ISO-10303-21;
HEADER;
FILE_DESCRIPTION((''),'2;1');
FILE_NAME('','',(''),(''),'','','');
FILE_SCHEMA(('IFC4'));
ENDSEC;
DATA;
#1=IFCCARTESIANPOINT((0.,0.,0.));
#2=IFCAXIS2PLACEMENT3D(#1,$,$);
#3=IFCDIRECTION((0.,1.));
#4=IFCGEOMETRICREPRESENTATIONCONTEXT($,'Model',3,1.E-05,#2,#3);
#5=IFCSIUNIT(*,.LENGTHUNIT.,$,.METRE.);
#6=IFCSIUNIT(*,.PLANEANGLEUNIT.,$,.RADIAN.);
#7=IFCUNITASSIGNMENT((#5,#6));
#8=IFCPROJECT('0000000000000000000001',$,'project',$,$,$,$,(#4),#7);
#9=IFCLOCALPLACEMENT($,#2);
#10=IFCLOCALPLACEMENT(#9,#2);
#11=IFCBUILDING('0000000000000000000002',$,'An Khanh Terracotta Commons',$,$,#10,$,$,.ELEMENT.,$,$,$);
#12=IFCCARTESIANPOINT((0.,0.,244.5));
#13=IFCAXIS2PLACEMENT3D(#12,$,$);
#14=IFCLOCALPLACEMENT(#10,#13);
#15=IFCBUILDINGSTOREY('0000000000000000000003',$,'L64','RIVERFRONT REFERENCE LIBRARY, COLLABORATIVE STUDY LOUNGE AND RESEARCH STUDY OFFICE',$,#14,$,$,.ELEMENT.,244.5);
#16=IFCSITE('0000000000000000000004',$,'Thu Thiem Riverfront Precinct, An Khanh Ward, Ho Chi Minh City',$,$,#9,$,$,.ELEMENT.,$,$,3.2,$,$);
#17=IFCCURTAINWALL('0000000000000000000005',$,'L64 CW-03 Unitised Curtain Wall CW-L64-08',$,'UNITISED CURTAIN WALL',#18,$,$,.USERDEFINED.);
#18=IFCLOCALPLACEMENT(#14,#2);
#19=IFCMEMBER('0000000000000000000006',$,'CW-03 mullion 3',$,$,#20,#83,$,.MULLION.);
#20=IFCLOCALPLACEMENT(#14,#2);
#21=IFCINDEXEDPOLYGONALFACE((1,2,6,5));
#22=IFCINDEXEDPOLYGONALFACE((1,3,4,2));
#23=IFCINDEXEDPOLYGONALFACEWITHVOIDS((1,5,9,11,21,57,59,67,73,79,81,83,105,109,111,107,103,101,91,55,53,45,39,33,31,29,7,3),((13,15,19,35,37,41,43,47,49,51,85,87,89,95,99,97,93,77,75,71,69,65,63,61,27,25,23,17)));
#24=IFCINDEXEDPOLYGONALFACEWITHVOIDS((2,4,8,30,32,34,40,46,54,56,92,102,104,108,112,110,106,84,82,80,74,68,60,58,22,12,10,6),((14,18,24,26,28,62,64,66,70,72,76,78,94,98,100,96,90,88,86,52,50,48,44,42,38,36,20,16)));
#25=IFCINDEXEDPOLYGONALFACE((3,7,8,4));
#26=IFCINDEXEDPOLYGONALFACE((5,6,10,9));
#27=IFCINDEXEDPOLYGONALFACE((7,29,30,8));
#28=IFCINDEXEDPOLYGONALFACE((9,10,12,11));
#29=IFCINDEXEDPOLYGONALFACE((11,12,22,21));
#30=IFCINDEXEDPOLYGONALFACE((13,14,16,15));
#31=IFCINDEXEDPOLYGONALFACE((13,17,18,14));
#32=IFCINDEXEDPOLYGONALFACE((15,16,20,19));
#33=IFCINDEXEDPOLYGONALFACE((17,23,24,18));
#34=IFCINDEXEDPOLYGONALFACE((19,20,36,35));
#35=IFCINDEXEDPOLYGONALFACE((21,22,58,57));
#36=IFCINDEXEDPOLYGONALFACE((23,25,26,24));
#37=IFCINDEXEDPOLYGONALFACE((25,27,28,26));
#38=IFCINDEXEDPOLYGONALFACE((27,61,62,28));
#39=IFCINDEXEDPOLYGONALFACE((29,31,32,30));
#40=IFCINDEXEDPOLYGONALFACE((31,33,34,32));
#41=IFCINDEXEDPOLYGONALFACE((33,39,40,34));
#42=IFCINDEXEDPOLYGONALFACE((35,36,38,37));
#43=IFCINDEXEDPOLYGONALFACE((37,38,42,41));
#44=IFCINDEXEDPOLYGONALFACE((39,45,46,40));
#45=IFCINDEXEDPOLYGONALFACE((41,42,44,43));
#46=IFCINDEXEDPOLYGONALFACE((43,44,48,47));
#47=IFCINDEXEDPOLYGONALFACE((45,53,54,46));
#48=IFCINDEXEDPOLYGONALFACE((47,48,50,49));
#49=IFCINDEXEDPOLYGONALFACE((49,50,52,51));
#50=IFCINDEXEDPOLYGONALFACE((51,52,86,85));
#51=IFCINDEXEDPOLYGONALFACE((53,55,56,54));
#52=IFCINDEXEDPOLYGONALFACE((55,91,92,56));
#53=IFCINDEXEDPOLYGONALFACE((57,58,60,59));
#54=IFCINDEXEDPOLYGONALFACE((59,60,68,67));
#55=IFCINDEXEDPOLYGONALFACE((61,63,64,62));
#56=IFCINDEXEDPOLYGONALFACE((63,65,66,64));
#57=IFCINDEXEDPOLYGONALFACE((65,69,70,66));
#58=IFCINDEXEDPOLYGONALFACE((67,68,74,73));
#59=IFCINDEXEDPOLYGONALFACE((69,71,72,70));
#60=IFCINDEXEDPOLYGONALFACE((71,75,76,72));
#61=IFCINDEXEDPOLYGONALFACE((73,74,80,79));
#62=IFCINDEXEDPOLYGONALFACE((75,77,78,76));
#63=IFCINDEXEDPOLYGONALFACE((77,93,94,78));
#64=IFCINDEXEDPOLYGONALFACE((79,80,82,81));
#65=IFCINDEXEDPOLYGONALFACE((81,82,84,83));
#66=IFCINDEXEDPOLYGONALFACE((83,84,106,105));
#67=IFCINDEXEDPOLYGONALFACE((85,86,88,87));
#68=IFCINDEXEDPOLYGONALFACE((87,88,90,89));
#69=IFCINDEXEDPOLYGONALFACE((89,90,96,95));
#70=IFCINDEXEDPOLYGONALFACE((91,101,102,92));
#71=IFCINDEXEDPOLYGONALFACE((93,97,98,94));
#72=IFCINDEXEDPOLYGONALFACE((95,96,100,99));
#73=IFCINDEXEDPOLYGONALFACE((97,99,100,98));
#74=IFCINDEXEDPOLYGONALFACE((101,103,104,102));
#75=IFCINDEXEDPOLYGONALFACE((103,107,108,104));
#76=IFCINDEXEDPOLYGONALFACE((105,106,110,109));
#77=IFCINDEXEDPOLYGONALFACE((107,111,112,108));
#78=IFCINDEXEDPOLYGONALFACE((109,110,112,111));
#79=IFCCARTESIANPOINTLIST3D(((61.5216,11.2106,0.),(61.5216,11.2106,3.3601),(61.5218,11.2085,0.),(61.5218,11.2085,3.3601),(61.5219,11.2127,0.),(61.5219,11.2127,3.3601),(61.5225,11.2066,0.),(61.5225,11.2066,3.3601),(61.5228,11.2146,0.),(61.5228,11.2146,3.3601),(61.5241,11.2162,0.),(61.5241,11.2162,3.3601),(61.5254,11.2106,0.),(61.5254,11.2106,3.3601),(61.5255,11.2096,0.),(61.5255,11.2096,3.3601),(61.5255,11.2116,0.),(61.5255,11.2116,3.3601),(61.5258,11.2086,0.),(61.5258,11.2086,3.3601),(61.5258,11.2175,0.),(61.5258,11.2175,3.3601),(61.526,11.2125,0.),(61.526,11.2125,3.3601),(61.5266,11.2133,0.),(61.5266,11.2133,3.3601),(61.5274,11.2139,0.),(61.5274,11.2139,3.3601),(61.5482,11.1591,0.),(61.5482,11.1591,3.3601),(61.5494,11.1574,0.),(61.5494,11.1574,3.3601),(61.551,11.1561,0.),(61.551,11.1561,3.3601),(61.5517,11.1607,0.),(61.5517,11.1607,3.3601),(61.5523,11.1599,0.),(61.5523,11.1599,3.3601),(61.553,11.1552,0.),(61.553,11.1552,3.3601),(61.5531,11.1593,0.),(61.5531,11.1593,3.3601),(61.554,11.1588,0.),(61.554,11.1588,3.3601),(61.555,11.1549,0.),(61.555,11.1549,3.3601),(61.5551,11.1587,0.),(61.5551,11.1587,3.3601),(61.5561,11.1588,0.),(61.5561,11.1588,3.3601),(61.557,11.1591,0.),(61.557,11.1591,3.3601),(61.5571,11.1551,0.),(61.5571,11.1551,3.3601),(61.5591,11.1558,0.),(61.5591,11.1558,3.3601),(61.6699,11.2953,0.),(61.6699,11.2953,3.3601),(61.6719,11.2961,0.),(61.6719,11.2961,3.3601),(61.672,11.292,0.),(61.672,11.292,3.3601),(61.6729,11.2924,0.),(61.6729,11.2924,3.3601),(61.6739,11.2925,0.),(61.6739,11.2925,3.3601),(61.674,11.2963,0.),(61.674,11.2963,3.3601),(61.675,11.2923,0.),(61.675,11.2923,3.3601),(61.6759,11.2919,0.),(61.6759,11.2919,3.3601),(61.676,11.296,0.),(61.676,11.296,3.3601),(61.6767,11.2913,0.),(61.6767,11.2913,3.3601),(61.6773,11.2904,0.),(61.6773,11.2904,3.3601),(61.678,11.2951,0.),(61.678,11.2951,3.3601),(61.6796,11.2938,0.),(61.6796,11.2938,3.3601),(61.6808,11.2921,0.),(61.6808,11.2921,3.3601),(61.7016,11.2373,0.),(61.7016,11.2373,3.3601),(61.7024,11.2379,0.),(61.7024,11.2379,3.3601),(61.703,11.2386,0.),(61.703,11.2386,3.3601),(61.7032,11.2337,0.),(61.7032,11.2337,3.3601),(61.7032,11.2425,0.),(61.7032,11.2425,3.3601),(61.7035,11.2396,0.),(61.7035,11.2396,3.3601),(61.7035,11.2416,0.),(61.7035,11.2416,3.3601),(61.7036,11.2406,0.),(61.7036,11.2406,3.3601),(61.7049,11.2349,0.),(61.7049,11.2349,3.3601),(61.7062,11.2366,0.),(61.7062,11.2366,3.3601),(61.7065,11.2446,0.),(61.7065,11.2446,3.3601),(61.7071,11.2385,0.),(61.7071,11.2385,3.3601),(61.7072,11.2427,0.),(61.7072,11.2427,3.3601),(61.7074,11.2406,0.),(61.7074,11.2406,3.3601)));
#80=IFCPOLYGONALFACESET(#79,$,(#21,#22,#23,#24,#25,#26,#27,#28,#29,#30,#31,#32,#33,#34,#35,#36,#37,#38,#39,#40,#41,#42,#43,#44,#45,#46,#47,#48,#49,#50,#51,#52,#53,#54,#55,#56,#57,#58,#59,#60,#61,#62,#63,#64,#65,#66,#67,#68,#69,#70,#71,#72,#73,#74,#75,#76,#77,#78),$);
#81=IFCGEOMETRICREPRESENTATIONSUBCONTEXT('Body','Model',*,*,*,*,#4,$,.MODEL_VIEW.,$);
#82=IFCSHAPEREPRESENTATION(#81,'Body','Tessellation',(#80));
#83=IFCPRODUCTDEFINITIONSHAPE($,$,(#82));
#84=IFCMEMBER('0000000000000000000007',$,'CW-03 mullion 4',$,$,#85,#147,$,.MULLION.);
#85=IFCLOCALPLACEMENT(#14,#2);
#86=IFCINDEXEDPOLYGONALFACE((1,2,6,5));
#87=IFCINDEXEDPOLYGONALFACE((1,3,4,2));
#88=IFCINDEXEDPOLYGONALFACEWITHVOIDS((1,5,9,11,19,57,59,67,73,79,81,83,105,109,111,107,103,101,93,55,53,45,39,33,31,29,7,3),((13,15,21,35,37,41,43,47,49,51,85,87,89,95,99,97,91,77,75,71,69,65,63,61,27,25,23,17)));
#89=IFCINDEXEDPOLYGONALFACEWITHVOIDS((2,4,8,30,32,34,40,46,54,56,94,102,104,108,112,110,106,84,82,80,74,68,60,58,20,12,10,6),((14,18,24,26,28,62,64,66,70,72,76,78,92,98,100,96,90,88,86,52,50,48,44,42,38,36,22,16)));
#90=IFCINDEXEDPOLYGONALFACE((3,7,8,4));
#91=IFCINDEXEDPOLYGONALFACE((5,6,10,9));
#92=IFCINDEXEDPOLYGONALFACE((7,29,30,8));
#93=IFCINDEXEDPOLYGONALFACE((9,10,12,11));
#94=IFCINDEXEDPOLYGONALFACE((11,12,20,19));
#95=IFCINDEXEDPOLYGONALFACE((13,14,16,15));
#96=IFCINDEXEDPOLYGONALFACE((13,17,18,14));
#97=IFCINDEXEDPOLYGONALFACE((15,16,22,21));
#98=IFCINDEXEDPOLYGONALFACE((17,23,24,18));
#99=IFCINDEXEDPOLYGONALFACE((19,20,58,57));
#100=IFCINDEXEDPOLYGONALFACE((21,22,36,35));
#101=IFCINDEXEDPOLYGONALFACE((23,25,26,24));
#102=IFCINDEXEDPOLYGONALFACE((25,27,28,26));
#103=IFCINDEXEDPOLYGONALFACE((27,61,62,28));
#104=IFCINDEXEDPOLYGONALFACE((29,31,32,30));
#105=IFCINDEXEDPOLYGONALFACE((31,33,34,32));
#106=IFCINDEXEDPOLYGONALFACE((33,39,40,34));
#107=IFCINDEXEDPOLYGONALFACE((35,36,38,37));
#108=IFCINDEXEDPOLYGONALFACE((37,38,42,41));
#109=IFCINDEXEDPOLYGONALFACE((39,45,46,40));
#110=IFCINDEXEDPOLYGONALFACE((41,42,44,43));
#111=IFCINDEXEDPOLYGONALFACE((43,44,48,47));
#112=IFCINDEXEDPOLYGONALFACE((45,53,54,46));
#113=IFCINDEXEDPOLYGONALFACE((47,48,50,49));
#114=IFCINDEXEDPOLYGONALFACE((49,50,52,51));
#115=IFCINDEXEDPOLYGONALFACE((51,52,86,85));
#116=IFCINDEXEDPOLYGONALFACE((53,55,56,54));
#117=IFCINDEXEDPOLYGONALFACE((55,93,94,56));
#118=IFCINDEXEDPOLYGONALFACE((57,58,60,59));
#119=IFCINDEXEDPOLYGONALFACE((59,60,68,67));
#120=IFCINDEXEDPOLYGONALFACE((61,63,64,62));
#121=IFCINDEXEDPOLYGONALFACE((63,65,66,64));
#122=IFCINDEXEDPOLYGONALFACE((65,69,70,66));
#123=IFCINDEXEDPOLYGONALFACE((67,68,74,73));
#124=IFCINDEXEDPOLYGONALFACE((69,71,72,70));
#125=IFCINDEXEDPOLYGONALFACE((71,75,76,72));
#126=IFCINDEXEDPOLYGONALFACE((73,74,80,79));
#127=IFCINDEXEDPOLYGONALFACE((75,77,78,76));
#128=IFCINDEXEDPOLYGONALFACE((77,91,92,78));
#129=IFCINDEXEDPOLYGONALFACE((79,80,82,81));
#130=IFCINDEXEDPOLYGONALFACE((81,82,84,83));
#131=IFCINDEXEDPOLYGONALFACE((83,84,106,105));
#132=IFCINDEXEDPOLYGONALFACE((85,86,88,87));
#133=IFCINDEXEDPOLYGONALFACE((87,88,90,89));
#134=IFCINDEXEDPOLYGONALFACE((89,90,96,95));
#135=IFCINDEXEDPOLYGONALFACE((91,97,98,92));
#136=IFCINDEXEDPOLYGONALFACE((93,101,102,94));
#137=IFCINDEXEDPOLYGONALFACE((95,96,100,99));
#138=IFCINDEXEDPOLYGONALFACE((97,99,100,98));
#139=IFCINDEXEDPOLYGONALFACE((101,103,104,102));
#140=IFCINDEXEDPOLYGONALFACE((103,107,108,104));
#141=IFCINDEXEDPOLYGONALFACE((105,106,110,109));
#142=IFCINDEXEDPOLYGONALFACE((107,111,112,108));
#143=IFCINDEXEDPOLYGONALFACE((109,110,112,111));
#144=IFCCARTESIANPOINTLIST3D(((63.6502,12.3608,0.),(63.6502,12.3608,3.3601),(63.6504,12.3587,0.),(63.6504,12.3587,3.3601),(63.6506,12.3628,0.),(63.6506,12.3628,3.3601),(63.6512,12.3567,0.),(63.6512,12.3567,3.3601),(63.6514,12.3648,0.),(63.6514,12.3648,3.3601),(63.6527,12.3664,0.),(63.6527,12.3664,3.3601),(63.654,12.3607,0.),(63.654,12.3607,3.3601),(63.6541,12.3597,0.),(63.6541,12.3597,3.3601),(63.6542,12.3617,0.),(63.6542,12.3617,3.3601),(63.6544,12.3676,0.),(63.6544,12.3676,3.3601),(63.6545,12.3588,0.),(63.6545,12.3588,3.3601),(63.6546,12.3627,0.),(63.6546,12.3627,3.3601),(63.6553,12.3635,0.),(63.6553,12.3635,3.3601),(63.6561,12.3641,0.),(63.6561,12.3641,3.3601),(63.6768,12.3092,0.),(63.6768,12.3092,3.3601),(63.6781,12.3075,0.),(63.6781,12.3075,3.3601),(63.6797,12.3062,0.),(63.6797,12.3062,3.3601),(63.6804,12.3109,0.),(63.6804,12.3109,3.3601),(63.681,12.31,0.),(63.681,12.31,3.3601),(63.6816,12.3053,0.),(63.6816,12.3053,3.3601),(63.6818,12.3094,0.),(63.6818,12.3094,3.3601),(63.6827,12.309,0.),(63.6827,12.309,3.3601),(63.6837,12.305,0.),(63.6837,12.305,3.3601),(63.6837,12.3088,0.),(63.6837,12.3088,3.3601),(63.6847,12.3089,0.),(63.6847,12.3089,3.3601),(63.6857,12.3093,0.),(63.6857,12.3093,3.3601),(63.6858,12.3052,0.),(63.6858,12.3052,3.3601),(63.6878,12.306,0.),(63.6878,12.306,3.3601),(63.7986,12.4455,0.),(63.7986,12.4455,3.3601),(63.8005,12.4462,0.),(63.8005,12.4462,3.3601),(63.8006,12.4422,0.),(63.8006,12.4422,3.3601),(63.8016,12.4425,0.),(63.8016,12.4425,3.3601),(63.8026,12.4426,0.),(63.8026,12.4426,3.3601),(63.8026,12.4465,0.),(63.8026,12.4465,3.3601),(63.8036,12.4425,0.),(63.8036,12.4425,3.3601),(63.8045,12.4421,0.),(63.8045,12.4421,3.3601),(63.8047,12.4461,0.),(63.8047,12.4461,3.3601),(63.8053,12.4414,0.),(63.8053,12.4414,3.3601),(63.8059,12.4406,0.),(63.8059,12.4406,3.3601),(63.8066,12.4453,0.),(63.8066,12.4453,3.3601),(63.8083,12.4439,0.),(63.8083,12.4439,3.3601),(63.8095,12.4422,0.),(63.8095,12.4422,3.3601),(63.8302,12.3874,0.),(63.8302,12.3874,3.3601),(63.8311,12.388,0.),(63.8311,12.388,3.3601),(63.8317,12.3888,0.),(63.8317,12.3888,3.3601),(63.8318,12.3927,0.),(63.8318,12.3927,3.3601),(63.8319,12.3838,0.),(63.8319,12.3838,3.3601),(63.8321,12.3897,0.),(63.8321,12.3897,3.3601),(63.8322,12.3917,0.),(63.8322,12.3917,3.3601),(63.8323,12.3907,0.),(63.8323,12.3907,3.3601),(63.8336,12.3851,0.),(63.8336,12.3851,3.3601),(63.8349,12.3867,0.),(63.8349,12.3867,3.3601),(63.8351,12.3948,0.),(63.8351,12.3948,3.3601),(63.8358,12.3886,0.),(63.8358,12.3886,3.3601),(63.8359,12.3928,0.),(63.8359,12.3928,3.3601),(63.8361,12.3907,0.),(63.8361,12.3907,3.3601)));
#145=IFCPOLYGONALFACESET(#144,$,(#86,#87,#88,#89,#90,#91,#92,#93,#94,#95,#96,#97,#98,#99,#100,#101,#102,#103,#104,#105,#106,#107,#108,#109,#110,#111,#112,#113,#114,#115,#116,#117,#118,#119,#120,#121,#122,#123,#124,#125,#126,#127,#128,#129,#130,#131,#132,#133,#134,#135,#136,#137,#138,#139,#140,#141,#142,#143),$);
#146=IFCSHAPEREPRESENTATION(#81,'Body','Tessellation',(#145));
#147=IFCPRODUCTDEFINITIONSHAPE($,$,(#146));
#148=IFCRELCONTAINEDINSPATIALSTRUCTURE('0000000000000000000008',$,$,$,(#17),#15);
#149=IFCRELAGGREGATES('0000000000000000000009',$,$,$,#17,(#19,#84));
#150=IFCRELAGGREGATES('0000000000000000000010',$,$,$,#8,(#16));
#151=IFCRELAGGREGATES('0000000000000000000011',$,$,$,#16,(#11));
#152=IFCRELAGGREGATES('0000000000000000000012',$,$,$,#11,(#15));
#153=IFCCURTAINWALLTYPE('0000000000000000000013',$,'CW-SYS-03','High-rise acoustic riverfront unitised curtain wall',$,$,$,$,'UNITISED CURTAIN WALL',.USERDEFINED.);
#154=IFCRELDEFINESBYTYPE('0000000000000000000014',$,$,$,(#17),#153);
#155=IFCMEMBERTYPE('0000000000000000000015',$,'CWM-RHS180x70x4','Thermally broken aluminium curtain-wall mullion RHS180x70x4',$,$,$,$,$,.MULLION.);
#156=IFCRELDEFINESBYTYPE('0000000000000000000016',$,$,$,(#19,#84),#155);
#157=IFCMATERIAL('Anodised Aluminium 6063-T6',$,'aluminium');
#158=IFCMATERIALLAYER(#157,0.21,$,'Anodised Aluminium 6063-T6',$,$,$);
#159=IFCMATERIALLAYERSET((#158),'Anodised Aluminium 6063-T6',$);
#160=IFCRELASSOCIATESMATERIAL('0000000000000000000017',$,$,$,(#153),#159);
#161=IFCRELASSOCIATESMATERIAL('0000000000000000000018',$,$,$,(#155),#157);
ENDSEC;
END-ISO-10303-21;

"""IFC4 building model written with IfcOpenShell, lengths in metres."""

from ifc_helpers import new_model, si_unit, direction, frame, origin, origin_2d, place, context, subcontext, project, spatial, hollow_rectangle, extrude, material, layer, layer_set, material_profile, profile_set, type_object, element, aggregate, save


model = new_model("IFC4")

# Units and contexts
model_context = context("Model", 3, precision=1e-05, world=origin(), true_north=direction((0.0, 1.0)))
body_context = subcontext(model_context, "Body", "Model", "MODEL_VIEW")
ifc_project = project(units=[si_unit("LENGTHUNIT", "METRE"), si_unit("PLANEANGLEUNIT", "RADIAN")], contexts=[model_context])

# Site, building, storey
site_placement = place(None, origin())
site = spatial("IfcSite", under=ifc_project, at=site_placement, Name="Thu Thiem Riverfront Precinct, An Khanh Ward, Ho Chi Minh City", CompositionType="ELEMENT", RefElevation=3.2)
building_placement = place(site_placement, origin())
building = spatial("IfcBuilding", under=site, at=building_placement, Name="An Khanh Terracotta Commons", CompositionType="ELEMENT")
storey_placement = place(building_placement, frame((0.0, 0.0, 244.5)))
storey = spatial("IfcBuildingStorey", under=building, at=storey_placement, Name="L64", Description="RIVERFRONT REFERENCE LIBRARY, COLLABORATIVE STUDY LOUNGE AND RESEARCH STUDY OFFICE", CompositionType="ELEMENT", Elevation=244.5)

# Curtain wall, members
ifc_material_1 = material(Name="Anodised Aluminium 6063-T6", Category="aluminium")
ifc_layer_1 = layer(ifc_material_1, 0.21, Name="Anodised Aluminium 6063-T6")
ifc_layer_set_1 = layer_set([ifc_layer_1], Name="Anodised Aluminium 6063-T6")
curtain_wall_type = type_object("IfcCurtainWallType", Name="CW-SYS-03", Description="High-rise acoustic riverfront unitised curtain wall", ElementType="UNITISED CURTAIN WALL", PredefinedType="USERDEFINED", material=ifc_layer_set_1)
curtain_wall_1_placement = place(storey_placement, origin())
curtain_wall_1 = element("IfcCurtainWall", 1, at=curtain_wall_1_placement, inside=storey, type_object=curtain_wall_type, Name="L64 CW-03 Unitised Curtain Wall CW-L64-08", ObjectType="UNITISED CURTAIN WALL", PredefinedType="USERDEFINED")
ifc_material_profile_1 = material_profile(ifc_material_1, hollow_rectangle(XDim=0.0701, YDim=0.1799, WallThickness=0.0039, InnerFilletRadius=0.0039, OuterFilletRadius=0.0081, at=origin_2d()), Name="RHS180x70x4")
ifc_profile_set_1 = profile_set([ifc_material_profile_1], Name="Anodised Aluminium 6063-T6")
member_type_1 = type_object("IfcMemberType", Name="CWM-RHS180x70x4", Description="Thermally broken aluminium curtain-wall mullion RHS180x70x4", PredefinedType="MULLION", material=ifc_profile_set_1)
member_1_placement = place(storey_placement, frame((61.6145, 11.2256, 0.0), z_axis=(0.0, 0.0, 1.0), x_axis=(-0.475381, 0.87978, 0.0)))
member_1 = element("IfcMember", 2, at=member_1_placement, type_object=member_type_1, Name="CW-03 mullion 3", PredefinedType="MULLION", context=body_context, shape_type="SweptSolid", body=[
    extrude(hollow_rectangle(XDim=0.0701, YDim=0.1799, WallThickness=0.0039, InnerFilletRadius=0.0039, OuterFilletRadius=0.0081, at=origin_2d()), origin(), (0.0, 0.0, 1.0), 3.3601),
])
member_2_placement = place(storey_placement, frame((63.7432, 12.3757, 0.0), z_axis=(0.0, 0.0, 1.0), x_axis=(-0.475381, 0.87978, 0.0)))
member_2 = element("IfcMember", 3, at=member_2_placement, type_object=member_type_1, Name="CW-03 mullion 4", PredefinedType="MULLION", context=body_context, shape_type="SweptSolid", body=[
    extrude(hollow_rectangle(XDim=0.0701, YDim=0.1799, WallThickness=0.0039, InnerFilletRadius=0.0039, OuterFilletRadius=0.0081, at=origin_2d()), origin(), (0.0, 0.0, 1.0), 3.3601),
])

aggregate(curtain_wall_1, [member_1, member_2])

save(model, "model.ifc")
